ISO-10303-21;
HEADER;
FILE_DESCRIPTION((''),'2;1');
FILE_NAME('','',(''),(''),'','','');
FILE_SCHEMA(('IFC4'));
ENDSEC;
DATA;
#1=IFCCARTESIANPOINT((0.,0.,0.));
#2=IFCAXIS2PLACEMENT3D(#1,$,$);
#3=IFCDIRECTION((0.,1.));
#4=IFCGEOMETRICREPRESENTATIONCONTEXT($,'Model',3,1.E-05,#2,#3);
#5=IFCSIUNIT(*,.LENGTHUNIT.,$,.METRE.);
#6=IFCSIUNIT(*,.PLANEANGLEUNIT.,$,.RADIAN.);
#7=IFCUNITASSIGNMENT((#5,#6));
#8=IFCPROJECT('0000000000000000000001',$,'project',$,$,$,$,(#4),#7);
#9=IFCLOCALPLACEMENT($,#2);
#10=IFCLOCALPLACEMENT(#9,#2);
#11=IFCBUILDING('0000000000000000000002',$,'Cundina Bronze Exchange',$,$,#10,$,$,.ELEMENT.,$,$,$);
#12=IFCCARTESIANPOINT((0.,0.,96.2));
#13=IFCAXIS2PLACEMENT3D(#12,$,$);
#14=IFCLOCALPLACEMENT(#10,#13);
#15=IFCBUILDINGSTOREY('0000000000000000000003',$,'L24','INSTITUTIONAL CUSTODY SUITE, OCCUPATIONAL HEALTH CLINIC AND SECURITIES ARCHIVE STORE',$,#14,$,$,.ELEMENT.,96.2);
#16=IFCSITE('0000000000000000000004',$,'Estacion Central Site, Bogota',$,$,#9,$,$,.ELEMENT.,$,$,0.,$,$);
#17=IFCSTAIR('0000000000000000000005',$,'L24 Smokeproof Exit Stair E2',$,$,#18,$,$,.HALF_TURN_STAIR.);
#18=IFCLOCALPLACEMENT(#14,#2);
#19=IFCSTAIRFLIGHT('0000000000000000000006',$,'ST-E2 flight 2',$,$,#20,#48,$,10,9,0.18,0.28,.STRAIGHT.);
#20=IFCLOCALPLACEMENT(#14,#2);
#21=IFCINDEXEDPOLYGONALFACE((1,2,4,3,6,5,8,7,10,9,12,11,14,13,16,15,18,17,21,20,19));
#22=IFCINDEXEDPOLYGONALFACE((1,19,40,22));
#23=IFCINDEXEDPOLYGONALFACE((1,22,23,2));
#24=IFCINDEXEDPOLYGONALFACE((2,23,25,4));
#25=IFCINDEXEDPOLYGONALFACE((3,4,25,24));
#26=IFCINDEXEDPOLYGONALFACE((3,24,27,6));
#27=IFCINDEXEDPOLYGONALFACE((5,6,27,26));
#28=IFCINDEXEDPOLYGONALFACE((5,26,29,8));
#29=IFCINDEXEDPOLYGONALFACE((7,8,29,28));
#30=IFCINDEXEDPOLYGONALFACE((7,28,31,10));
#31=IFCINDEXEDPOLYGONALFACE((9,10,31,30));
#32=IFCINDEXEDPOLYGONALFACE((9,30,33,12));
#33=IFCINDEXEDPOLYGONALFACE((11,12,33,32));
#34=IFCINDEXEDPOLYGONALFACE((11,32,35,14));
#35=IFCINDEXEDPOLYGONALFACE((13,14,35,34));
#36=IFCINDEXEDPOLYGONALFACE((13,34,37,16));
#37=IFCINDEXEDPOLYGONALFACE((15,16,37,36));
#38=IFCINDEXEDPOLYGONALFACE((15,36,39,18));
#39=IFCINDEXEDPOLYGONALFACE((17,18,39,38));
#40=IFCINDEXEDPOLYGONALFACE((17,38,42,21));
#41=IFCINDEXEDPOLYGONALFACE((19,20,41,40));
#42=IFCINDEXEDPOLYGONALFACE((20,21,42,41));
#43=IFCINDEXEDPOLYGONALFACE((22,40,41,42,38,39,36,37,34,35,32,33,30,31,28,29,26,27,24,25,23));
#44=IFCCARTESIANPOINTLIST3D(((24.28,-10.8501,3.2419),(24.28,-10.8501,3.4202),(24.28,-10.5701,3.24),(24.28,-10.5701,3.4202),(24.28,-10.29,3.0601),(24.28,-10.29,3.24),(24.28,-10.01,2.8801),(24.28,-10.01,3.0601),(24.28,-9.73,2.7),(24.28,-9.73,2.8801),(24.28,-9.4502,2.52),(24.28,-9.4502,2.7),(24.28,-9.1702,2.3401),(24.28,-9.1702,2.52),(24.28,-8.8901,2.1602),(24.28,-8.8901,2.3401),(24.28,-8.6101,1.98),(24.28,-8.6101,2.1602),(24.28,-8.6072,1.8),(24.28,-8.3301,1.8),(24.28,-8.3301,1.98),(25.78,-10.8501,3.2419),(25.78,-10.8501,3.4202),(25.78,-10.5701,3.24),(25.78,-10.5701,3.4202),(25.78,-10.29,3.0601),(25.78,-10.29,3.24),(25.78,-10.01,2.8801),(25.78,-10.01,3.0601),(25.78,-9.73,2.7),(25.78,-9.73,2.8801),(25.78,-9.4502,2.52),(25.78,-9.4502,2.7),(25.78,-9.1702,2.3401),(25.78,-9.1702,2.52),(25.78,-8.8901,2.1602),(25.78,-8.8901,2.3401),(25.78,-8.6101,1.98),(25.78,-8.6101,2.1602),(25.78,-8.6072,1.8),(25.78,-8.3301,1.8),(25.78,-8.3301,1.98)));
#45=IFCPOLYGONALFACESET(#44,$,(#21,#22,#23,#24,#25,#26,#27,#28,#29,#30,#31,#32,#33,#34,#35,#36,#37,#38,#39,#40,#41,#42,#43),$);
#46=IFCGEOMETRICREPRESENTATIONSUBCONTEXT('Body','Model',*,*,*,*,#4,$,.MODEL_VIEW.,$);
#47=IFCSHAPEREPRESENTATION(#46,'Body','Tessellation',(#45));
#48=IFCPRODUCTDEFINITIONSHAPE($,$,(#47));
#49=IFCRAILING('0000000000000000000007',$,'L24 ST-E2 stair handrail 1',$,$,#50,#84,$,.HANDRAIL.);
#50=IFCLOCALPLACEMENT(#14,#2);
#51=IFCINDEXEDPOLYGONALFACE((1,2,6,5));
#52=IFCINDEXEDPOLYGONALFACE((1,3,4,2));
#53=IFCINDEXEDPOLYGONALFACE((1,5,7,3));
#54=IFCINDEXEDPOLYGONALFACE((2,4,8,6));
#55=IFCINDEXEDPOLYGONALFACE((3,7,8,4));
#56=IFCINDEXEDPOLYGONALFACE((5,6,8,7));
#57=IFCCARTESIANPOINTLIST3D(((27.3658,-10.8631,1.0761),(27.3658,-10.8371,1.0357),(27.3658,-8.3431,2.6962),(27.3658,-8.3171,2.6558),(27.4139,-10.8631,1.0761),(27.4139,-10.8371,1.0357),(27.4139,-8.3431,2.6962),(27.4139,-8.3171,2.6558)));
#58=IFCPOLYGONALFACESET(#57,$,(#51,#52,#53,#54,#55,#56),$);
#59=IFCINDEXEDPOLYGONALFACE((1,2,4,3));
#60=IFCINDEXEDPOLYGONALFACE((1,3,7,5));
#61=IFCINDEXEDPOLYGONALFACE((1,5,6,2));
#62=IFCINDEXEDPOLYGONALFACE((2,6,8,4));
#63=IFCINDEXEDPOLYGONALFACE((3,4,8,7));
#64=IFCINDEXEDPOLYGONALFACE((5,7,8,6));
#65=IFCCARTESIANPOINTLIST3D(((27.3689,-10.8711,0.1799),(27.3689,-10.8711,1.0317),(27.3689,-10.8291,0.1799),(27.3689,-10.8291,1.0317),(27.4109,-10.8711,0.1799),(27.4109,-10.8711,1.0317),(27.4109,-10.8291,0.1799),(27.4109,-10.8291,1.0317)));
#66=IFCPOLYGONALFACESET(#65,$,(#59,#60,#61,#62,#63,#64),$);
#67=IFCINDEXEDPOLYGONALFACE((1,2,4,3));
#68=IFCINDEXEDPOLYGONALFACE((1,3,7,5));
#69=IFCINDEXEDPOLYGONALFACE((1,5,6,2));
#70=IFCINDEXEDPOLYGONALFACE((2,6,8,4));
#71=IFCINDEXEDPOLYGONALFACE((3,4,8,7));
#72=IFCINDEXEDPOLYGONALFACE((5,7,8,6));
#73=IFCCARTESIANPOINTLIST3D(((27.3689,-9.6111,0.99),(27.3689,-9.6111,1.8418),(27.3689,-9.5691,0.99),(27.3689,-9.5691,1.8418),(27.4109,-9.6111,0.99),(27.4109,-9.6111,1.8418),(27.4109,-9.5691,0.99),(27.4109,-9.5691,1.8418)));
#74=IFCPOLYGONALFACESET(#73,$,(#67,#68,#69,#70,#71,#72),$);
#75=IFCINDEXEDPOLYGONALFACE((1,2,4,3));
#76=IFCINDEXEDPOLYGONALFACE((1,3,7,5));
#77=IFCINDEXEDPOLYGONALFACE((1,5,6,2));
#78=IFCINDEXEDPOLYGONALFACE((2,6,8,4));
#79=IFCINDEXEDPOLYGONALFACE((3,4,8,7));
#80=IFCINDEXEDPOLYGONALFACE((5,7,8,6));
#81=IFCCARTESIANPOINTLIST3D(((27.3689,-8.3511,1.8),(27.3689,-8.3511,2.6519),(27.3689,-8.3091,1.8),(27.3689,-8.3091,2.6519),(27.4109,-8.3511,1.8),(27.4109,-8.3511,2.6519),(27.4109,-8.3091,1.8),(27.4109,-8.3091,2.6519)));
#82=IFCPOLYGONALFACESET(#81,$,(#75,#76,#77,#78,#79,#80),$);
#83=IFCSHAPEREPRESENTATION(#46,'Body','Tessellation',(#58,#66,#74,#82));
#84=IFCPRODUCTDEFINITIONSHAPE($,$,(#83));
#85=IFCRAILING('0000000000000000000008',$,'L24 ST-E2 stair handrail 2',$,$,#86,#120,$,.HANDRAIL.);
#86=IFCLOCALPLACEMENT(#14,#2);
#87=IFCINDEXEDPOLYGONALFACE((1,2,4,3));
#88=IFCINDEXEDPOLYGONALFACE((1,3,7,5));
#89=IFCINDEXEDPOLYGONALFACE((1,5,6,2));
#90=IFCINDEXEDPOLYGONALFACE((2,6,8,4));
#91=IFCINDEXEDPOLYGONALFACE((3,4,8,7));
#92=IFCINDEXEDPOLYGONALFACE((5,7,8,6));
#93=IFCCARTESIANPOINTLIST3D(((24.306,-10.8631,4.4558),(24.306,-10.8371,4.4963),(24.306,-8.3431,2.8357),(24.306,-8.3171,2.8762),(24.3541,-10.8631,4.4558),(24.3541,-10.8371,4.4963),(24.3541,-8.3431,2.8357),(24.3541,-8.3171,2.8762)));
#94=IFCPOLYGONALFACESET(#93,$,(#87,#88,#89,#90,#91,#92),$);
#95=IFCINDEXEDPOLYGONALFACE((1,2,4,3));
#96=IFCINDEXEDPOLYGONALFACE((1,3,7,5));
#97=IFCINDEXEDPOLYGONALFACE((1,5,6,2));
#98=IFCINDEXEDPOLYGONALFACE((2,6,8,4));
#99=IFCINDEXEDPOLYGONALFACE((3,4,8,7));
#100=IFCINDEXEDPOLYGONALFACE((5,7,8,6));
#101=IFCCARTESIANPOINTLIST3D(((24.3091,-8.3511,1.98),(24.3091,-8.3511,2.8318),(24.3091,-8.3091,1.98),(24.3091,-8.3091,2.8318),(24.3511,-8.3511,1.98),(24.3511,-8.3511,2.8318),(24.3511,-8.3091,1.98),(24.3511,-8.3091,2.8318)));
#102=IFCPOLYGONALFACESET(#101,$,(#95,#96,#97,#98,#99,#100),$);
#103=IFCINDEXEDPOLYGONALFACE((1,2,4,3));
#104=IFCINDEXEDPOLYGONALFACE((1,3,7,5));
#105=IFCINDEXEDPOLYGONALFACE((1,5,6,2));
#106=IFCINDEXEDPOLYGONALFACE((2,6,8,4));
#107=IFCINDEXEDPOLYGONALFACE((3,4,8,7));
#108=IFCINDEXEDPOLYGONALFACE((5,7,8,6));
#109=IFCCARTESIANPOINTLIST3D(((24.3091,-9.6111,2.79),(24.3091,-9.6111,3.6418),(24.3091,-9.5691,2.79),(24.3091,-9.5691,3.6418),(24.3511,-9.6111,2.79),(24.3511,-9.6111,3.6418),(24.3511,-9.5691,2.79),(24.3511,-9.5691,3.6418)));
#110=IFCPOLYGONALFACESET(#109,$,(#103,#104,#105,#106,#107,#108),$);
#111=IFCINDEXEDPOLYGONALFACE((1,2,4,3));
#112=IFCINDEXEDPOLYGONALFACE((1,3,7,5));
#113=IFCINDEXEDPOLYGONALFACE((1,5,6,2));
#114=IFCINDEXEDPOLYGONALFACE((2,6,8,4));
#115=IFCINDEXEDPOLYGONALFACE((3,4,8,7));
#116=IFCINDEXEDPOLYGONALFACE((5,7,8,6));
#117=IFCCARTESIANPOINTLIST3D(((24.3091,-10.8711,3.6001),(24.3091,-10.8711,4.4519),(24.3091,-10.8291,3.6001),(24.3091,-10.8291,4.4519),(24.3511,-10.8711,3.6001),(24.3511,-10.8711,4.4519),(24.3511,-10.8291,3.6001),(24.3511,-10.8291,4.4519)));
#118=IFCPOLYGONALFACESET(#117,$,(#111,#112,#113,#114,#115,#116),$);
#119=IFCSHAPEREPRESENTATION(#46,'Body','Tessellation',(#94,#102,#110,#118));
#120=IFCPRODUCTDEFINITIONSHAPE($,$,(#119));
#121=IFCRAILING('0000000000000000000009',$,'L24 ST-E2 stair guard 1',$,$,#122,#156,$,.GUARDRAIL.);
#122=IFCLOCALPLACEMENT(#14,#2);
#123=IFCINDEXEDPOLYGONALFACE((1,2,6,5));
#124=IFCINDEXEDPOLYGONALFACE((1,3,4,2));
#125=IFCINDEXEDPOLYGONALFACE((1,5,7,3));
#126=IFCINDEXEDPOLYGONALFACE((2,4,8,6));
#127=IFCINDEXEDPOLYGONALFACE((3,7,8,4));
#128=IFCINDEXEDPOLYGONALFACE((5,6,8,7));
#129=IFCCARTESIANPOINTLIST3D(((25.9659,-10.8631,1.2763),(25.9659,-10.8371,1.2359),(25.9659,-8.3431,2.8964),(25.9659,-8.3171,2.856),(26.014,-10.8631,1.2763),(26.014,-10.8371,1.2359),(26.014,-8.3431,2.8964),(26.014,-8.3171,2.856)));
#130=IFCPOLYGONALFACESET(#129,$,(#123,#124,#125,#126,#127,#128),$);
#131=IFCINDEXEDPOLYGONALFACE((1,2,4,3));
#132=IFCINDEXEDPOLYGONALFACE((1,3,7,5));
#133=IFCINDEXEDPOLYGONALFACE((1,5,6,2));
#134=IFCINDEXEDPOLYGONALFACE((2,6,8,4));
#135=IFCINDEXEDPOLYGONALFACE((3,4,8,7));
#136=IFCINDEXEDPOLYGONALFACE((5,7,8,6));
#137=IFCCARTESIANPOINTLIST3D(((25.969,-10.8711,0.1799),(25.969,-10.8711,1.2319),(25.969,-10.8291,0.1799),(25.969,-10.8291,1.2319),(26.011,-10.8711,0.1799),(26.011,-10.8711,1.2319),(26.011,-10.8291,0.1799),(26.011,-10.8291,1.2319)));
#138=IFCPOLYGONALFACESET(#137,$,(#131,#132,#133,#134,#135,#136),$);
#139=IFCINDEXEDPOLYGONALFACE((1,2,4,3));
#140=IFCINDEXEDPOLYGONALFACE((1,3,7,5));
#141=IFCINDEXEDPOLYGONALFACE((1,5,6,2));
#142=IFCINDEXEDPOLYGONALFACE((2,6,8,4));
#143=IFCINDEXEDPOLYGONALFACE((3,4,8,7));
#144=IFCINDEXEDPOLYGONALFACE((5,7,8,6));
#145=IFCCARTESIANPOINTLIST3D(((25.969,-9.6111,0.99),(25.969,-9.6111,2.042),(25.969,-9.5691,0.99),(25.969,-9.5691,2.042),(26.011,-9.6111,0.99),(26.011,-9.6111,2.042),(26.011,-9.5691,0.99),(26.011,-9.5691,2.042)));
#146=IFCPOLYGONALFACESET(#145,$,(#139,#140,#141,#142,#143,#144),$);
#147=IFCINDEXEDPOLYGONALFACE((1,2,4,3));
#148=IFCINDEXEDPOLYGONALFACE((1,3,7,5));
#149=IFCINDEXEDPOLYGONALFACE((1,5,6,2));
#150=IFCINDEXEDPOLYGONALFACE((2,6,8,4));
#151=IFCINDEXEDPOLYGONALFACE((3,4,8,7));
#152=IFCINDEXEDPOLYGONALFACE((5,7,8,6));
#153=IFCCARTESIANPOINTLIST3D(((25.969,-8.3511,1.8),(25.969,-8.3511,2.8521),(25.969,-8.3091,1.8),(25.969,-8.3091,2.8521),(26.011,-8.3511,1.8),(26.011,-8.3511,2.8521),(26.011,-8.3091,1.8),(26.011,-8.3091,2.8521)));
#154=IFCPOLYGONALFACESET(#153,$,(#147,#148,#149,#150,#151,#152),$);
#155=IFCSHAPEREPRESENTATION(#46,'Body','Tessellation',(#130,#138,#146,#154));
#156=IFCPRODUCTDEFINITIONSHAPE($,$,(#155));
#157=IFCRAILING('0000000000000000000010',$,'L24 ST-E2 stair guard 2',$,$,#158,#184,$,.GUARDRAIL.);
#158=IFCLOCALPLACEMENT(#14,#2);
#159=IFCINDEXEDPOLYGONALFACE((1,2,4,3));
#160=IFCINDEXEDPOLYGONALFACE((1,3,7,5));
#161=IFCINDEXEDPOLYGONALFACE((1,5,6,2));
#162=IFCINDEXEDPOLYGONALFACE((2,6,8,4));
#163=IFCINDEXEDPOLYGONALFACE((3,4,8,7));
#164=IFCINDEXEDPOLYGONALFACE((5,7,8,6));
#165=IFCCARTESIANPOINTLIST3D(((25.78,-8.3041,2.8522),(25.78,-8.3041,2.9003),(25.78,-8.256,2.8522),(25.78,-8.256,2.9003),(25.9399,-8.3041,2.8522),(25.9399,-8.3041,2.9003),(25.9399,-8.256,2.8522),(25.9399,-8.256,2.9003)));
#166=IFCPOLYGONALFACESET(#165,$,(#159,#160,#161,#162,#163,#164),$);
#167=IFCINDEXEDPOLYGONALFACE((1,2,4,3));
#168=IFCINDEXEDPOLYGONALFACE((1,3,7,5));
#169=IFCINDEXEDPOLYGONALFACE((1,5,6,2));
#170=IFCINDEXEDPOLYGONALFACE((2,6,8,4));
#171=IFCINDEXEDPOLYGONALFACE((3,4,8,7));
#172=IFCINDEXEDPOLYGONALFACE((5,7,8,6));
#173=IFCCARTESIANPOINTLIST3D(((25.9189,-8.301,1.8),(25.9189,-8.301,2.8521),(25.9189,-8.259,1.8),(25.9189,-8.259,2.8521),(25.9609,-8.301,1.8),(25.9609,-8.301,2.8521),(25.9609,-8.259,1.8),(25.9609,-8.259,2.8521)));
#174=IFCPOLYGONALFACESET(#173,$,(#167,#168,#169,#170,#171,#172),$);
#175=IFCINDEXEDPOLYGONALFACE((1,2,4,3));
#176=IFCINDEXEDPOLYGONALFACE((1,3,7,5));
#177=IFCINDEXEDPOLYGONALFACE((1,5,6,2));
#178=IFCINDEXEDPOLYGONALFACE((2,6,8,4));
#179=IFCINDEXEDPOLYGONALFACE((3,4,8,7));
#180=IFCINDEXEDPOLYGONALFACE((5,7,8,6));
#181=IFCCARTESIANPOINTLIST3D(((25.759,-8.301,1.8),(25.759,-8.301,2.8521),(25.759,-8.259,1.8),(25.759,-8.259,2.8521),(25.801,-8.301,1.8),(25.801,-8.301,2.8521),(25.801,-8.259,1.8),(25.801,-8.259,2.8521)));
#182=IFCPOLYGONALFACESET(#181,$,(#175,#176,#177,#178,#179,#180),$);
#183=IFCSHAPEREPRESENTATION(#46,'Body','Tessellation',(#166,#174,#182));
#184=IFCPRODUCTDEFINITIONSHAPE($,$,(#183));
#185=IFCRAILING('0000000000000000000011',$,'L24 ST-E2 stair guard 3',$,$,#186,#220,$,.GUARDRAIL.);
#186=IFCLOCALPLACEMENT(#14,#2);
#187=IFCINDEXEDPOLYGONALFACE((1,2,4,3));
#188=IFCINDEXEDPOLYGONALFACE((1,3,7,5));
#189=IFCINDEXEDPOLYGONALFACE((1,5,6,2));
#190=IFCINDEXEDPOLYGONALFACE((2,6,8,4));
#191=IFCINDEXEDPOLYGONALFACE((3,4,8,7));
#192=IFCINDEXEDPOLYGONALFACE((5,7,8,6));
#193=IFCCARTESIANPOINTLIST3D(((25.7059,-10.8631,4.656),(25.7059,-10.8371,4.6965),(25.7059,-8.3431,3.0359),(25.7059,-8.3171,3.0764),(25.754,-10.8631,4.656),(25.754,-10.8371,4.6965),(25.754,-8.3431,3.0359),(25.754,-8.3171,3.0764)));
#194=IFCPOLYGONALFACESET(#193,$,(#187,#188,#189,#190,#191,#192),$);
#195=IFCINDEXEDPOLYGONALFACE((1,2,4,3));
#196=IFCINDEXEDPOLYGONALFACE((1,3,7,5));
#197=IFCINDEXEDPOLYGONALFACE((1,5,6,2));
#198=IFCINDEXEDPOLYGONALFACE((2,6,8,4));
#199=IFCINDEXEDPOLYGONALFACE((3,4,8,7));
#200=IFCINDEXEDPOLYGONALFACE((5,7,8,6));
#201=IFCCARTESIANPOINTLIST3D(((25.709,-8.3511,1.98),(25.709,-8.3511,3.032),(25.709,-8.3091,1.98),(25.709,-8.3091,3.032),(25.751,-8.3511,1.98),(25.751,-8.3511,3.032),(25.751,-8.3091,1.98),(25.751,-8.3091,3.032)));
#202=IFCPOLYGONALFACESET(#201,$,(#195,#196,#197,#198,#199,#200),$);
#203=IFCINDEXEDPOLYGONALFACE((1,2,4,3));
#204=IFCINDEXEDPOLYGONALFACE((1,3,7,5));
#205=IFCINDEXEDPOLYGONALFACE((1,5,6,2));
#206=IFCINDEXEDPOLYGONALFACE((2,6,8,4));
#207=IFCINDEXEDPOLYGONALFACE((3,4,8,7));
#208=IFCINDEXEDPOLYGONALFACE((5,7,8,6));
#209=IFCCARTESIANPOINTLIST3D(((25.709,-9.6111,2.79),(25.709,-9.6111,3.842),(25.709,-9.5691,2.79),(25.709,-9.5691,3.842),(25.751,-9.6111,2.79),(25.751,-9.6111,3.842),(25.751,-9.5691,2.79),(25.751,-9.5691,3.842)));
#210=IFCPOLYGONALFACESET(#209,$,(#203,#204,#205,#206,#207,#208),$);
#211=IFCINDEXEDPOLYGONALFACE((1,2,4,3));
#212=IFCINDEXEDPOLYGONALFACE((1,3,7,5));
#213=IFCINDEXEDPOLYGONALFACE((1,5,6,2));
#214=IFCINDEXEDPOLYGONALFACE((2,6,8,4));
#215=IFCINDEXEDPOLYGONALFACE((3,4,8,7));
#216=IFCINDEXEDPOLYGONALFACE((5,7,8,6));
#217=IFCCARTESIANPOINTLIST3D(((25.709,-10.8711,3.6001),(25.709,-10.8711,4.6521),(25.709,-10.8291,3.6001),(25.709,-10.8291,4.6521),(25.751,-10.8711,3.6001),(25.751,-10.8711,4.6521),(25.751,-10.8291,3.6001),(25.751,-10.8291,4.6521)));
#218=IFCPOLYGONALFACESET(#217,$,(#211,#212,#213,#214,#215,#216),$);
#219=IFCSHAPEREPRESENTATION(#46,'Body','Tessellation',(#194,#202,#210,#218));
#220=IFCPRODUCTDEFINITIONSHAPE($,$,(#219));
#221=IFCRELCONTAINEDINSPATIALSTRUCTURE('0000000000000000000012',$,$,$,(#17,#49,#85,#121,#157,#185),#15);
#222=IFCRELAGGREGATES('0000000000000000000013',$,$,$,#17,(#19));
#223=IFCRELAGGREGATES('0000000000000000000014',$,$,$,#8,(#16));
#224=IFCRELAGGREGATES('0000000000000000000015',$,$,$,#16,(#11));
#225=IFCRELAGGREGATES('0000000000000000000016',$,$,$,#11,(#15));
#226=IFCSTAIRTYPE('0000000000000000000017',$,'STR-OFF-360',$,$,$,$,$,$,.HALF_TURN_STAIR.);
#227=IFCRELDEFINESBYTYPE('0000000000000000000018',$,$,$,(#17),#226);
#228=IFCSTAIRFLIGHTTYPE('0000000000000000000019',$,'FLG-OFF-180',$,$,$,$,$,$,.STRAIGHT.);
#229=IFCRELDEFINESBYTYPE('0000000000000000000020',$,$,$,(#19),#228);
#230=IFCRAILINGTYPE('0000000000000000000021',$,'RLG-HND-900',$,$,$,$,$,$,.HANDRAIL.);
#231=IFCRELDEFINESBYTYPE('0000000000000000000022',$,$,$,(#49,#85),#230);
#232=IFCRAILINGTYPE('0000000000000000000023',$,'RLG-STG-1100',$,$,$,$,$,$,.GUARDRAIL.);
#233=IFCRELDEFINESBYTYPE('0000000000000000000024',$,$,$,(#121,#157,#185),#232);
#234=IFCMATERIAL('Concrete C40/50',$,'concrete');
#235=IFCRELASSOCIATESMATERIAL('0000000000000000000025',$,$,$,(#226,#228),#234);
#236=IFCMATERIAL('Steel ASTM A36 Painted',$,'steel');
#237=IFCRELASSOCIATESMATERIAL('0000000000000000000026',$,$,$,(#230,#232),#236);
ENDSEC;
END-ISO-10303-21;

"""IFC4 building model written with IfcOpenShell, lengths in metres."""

from ifc_helpers import new_model, si_unit, direction, frame, origin, origin_2d, place, context, subcontext, project, spatial, polyline, rectangle, outline, extrude, material, type_object, element, aggregate, save


model = new_model("IFC4")

# Units and contexts
model_context = context("Model", 3, precision=1e-05, world=origin(), true_north=direction((0.0, 1.0)))
body_context = subcontext(model_context, "Body", "Model", "MODEL_VIEW")
ifc_project = project(units=[si_unit("LENGTHUNIT", "METRE"), si_unit("PLANEANGLEUNIT", "RADIAN")], contexts=[model_context])

# Site, building, storey
site_placement = place(None, origin())
site = spatial("IfcSite", under=ifc_project, at=site_placement, Name="Estacion Central Site, Bogota", CompositionType="ELEMENT", RefElevation=0.0)
building_placement = place(site_placement, origin())
building = spatial("IfcBuilding", under=site, at=building_placement, Name="Cundina Bronze Exchange", CompositionType="ELEMENT")
storey_placement = place(building_placement, frame((0.0, 0.0, 96.2)))
storey = spatial("IfcBuildingStorey", under=building, at=storey_placement, Name="L24", Description="INSTITUTIONAL CUSTODY SUITE, OCCUPATIONAL HEALTH CLINIC AND SECURITIES ARCHIVE STORE", CompositionType="ELEMENT", Elevation=96.2)

# Shared definitions
ifc_material_1 = material(Name="Steel ASTM A36 Painted", Category="steel")

# Stair, stair flight
ifc_material_2 = material(Name="Concrete C40/50", Category="concrete")
stair_type = type_object("IfcStairType", Name="STR-OFF-360", PredefinedType="HALF_TURN_STAIR", material=ifc_material_2)
stair_placement = place(storey_placement, origin())
stair = element("IfcStair", 1, at=stair_placement, inside=storey, type_object=stair_type, Name="L24 Smokeproof Exit Stair E2", PredefinedType="HALF_TURN_STAIR")
stair_flight_type = type_object("IfcStairFlightType", Name="FLG-OFF-180", PredefinedType="STRAIGHT", material=ifc_material_2)
stair_flight_1_placement = place(storey_placement, frame((25.03, -8.3301, 1.8), z_axis=(0.0, 0.0, 1.0), x_axis=(0.0, -1.0, 0.0)))
stair_flight_1 = element("IfcStairFlight", 2, at=stair_flight_1_placement, type_object=stair_flight_type, Name="ST-E2 flight 2", NumberOfRisers=10, NumberOfTreads=9, PredefinedType="STRAIGHT", RiserHeight=0.18, TreadLength=0.28, context=body_context, shape_type="SweptSolid", body=[
    extrude(outline(polyline([(0.0, 0.0), (0.0, 0.1799), (0.28, 0.1799), (0.28, 0.3601), (0.5601, 0.3601), (0.5601, 0.54), (0.8401, 0.54), (0.8401, 0.72), (1.1201, 0.72), (1.1201, 0.8999), (1.3999, 0.8999), (1.3999, 1.0801), (1.6799, 1.0801), (1.6799, 1.26), (1.96, 1.26), (1.96, 1.4399), (2.24, 1.4399), (2.24, 1.6201), (2.52, 1.6201), (2.52, 1.8), (2.52, 1.4419), (0.2771, 0.0), (0.0, 0.0)])), frame((0.0, 0.75, 0.0), z_axis=(0.0, -1.0, 0.0), x_axis=(1.0, 0.0, 0.0)), (0.0, 0.0, 1.0), 1.5),
])
aggregate(stair, [stair_flight_1])

# Railings
railing_type_1 = type_object("IfcRailingType", Name="RLG-HND-900", PredefinedType="HANDRAIL", material=ifc_material_1)
railing_1_placement = place(storey_placement, frame((27.3899, -10.8501, 0.1799)))
element("IfcRailing", 3, at=railing_1_placement, inside=storey, type_object=railing_type_1, Name="L24 ST-E2 stair handrail 1", PredefinedType="HANDRAIL", context=body_context, shape_type="SweptSolid", body=[
    extrude(rectangle(XDim=0.0481, YDim=0.0481, at=origin_2d()), frame((0.0, 0.0, 0.876), z_axis=(0.0, 0.841163, 0.540782), x_axis=(-1.0, 0.0, 0.0)), (0.0, 0.0, 1.0), 2.9958),
    extrude(rectangle(XDim=0.042, YDim=0.042, at=origin_2d()), origin(), (0.0, 0.0, 1.0), 0.8518),
    extrude(rectangle(XDim=0.042, YDim=0.042, at=origin_2d()), frame((0.0, 1.26, 0.8101)), (0.0, 0.0, 1.0), 0.8518),
    extrude(rectangle(XDim=0.042, YDim=0.042, at=origin_2d()), frame((0.0, 2.52, 1.6201)), (0.0, 0.0, 1.0), 0.8518),
])
railing_2_placement = place(storey_placement, frame((24.3301, -8.3301, 1.98)))
element("IfcRailing", 4, at=railing_2_placement, inside=storey, type_object=railing_type_1, Name="L24 ST-E2 stair handrail 2", PredefinedType="HANDRAIL", context=body_context, shape_type="SweptSolid", body=[
    extrude(rectangle(XDim=0.0481, YDim=0.0481, at=origin_2d()), frame((0.0, 0.0, 0.876), z_axis=(0.0, -0.841163, 0.540782), x_axis=(1.0, 0.0, 0.0)), (0.0, 0.0, 1.0), 2.9958),
    extrude(rectangle(XDim=0.042, YDim=0.042, at=origin_2d()), origin(), (0.0, 0.0, 1.0), 0.8518),
    extrude(rectangle(XDim=0.042, YDim=0.042, at=origin_2d()), frame((0.0, -1.26, 0.8101)), (0.0, 0.0, 1.0), 0.8518),
    extrude(rectangle(XDim=0.042, YDim=0.042, at=origin_2d()), frame((0.0, -2.52, 1.6201)), (0.0, 0.0, 1.0), 0.8518),
])
railing_type_2 = type_object("IfcRailingType", Name="RLG-STG-1100", PredefinedType="GUARDRAIL", material=ifc_material_1)
railing_3_placement = place(storey_placement, frame((25.99, -10.8501, 0.1799)))
element("IfcRailing", 5, at=railing_3_placement, inside=storey, type_object=railing_type_2, Name="L24 ST-E2 stair guard 1", PredefinedType="GUARDRAIL", context=body_context, shape_type="SweptSolid", body=[
    extrude(rectangle(XDim=0.0481, YDim=0.0481, at=origin_2d()), frame((0.0, 0.0, 1.0762), z_axis=(0.0, 0.841163, 0.540782), x_axis=(-1.0, 0.0, 0.0)), (0.0, 0.0, 1.0), 2.9958),
    extrude(rectangle(XDim=0.042, YDim=0.042, at=origin_2d()), origin(), (0.0, 0.0, 1.0), 1.052),
    extrude(rectangle(XDim=0.042, YDim=0.042, at=origin_2d()), frame((0.0, 1.26, 0.8101)), (0.0, 0.0, 1.0), 1.052),
    extrude(rectangle(XDim=0.042, YDim=0.042, at=origin_2d()), frame((0.0, 2.52, 1.6201)), (0.0, 0.0, 1.0), 1.052),
])
railing_4_placement = place(storey_placement, frame((25.9399, -8.28, 1.8)))
element("IfcRailing", 6, at=railing_4_placement, inside=storey, type_object=railing_type_2, Name="L24 ST-E2 stair guard 2", PredefinedType="GUARDRAIL", context=body_context, shape_type="SweptSolid", body=[
    extrude(rectangle(XDim=0.0481, YDim=0.0481, at=origin_2d()), frame((0.0, 0.0, 1.0762), z_axis=(-1.0, 0.0, 0.0), x_axis=(0.0, -1.0, 0.0)), (0.0, 0.0, 1.0), 0.1599),
    extrude(rectangle(XDim=0.042, YDim=0.042, at=origin_2d()), origin(), (0.0, 0.0, 1.0), 1.052),
    extrude(rectangle(XDim=0.042, YDim=0.042, at=origin_2d()), frame((-0.1599, 0.0, 0.0)), (0.0, 0.0, 1.0), 1.052),
])
railing_5_placement = place(storey_placement, frame((25.73, -8.3301, 1.98)))
element("IfcRailing", 7, at=railing_5_placement, inside=storey, type_object=railing_type_2, Name="L24 ST-E2 stair guard 3", PredefinedType="GUARDRAIL", context=body_context, shape_type="SweptSolid", body=[
    extrude(rectangle(XDim=0.0481, YDim=0.0481, at=origin_2d()), frame((0.0, 0.0, 1.0762), z_axis=(0.0, -0.841163, 0.540782), x_axis=(1.0, 0.0, 0.0)), (0.0, 0.0, 1.0), 2.9958),
    extrude(rectangle(XDim=0.042, YDim=0.042, at=origin_2d()), origin(), (0.0, 0.0, 1.0), 1.052),
    extrude(rectangle(XDim=0.042, YDim=0.042, at=origin_2d()), frame((0.0, -1.26, 0.8101)), (0.0, 0.0, 1.0), 1.052),
    extrude(rectangle(XDim=0.042, YDim=0.042, at=origin_2d()), frame((0.0, -2.52, 1.6201)), (0.0, 0.0, 1.0), 1.052),
])

save(model, "model.ifc")
